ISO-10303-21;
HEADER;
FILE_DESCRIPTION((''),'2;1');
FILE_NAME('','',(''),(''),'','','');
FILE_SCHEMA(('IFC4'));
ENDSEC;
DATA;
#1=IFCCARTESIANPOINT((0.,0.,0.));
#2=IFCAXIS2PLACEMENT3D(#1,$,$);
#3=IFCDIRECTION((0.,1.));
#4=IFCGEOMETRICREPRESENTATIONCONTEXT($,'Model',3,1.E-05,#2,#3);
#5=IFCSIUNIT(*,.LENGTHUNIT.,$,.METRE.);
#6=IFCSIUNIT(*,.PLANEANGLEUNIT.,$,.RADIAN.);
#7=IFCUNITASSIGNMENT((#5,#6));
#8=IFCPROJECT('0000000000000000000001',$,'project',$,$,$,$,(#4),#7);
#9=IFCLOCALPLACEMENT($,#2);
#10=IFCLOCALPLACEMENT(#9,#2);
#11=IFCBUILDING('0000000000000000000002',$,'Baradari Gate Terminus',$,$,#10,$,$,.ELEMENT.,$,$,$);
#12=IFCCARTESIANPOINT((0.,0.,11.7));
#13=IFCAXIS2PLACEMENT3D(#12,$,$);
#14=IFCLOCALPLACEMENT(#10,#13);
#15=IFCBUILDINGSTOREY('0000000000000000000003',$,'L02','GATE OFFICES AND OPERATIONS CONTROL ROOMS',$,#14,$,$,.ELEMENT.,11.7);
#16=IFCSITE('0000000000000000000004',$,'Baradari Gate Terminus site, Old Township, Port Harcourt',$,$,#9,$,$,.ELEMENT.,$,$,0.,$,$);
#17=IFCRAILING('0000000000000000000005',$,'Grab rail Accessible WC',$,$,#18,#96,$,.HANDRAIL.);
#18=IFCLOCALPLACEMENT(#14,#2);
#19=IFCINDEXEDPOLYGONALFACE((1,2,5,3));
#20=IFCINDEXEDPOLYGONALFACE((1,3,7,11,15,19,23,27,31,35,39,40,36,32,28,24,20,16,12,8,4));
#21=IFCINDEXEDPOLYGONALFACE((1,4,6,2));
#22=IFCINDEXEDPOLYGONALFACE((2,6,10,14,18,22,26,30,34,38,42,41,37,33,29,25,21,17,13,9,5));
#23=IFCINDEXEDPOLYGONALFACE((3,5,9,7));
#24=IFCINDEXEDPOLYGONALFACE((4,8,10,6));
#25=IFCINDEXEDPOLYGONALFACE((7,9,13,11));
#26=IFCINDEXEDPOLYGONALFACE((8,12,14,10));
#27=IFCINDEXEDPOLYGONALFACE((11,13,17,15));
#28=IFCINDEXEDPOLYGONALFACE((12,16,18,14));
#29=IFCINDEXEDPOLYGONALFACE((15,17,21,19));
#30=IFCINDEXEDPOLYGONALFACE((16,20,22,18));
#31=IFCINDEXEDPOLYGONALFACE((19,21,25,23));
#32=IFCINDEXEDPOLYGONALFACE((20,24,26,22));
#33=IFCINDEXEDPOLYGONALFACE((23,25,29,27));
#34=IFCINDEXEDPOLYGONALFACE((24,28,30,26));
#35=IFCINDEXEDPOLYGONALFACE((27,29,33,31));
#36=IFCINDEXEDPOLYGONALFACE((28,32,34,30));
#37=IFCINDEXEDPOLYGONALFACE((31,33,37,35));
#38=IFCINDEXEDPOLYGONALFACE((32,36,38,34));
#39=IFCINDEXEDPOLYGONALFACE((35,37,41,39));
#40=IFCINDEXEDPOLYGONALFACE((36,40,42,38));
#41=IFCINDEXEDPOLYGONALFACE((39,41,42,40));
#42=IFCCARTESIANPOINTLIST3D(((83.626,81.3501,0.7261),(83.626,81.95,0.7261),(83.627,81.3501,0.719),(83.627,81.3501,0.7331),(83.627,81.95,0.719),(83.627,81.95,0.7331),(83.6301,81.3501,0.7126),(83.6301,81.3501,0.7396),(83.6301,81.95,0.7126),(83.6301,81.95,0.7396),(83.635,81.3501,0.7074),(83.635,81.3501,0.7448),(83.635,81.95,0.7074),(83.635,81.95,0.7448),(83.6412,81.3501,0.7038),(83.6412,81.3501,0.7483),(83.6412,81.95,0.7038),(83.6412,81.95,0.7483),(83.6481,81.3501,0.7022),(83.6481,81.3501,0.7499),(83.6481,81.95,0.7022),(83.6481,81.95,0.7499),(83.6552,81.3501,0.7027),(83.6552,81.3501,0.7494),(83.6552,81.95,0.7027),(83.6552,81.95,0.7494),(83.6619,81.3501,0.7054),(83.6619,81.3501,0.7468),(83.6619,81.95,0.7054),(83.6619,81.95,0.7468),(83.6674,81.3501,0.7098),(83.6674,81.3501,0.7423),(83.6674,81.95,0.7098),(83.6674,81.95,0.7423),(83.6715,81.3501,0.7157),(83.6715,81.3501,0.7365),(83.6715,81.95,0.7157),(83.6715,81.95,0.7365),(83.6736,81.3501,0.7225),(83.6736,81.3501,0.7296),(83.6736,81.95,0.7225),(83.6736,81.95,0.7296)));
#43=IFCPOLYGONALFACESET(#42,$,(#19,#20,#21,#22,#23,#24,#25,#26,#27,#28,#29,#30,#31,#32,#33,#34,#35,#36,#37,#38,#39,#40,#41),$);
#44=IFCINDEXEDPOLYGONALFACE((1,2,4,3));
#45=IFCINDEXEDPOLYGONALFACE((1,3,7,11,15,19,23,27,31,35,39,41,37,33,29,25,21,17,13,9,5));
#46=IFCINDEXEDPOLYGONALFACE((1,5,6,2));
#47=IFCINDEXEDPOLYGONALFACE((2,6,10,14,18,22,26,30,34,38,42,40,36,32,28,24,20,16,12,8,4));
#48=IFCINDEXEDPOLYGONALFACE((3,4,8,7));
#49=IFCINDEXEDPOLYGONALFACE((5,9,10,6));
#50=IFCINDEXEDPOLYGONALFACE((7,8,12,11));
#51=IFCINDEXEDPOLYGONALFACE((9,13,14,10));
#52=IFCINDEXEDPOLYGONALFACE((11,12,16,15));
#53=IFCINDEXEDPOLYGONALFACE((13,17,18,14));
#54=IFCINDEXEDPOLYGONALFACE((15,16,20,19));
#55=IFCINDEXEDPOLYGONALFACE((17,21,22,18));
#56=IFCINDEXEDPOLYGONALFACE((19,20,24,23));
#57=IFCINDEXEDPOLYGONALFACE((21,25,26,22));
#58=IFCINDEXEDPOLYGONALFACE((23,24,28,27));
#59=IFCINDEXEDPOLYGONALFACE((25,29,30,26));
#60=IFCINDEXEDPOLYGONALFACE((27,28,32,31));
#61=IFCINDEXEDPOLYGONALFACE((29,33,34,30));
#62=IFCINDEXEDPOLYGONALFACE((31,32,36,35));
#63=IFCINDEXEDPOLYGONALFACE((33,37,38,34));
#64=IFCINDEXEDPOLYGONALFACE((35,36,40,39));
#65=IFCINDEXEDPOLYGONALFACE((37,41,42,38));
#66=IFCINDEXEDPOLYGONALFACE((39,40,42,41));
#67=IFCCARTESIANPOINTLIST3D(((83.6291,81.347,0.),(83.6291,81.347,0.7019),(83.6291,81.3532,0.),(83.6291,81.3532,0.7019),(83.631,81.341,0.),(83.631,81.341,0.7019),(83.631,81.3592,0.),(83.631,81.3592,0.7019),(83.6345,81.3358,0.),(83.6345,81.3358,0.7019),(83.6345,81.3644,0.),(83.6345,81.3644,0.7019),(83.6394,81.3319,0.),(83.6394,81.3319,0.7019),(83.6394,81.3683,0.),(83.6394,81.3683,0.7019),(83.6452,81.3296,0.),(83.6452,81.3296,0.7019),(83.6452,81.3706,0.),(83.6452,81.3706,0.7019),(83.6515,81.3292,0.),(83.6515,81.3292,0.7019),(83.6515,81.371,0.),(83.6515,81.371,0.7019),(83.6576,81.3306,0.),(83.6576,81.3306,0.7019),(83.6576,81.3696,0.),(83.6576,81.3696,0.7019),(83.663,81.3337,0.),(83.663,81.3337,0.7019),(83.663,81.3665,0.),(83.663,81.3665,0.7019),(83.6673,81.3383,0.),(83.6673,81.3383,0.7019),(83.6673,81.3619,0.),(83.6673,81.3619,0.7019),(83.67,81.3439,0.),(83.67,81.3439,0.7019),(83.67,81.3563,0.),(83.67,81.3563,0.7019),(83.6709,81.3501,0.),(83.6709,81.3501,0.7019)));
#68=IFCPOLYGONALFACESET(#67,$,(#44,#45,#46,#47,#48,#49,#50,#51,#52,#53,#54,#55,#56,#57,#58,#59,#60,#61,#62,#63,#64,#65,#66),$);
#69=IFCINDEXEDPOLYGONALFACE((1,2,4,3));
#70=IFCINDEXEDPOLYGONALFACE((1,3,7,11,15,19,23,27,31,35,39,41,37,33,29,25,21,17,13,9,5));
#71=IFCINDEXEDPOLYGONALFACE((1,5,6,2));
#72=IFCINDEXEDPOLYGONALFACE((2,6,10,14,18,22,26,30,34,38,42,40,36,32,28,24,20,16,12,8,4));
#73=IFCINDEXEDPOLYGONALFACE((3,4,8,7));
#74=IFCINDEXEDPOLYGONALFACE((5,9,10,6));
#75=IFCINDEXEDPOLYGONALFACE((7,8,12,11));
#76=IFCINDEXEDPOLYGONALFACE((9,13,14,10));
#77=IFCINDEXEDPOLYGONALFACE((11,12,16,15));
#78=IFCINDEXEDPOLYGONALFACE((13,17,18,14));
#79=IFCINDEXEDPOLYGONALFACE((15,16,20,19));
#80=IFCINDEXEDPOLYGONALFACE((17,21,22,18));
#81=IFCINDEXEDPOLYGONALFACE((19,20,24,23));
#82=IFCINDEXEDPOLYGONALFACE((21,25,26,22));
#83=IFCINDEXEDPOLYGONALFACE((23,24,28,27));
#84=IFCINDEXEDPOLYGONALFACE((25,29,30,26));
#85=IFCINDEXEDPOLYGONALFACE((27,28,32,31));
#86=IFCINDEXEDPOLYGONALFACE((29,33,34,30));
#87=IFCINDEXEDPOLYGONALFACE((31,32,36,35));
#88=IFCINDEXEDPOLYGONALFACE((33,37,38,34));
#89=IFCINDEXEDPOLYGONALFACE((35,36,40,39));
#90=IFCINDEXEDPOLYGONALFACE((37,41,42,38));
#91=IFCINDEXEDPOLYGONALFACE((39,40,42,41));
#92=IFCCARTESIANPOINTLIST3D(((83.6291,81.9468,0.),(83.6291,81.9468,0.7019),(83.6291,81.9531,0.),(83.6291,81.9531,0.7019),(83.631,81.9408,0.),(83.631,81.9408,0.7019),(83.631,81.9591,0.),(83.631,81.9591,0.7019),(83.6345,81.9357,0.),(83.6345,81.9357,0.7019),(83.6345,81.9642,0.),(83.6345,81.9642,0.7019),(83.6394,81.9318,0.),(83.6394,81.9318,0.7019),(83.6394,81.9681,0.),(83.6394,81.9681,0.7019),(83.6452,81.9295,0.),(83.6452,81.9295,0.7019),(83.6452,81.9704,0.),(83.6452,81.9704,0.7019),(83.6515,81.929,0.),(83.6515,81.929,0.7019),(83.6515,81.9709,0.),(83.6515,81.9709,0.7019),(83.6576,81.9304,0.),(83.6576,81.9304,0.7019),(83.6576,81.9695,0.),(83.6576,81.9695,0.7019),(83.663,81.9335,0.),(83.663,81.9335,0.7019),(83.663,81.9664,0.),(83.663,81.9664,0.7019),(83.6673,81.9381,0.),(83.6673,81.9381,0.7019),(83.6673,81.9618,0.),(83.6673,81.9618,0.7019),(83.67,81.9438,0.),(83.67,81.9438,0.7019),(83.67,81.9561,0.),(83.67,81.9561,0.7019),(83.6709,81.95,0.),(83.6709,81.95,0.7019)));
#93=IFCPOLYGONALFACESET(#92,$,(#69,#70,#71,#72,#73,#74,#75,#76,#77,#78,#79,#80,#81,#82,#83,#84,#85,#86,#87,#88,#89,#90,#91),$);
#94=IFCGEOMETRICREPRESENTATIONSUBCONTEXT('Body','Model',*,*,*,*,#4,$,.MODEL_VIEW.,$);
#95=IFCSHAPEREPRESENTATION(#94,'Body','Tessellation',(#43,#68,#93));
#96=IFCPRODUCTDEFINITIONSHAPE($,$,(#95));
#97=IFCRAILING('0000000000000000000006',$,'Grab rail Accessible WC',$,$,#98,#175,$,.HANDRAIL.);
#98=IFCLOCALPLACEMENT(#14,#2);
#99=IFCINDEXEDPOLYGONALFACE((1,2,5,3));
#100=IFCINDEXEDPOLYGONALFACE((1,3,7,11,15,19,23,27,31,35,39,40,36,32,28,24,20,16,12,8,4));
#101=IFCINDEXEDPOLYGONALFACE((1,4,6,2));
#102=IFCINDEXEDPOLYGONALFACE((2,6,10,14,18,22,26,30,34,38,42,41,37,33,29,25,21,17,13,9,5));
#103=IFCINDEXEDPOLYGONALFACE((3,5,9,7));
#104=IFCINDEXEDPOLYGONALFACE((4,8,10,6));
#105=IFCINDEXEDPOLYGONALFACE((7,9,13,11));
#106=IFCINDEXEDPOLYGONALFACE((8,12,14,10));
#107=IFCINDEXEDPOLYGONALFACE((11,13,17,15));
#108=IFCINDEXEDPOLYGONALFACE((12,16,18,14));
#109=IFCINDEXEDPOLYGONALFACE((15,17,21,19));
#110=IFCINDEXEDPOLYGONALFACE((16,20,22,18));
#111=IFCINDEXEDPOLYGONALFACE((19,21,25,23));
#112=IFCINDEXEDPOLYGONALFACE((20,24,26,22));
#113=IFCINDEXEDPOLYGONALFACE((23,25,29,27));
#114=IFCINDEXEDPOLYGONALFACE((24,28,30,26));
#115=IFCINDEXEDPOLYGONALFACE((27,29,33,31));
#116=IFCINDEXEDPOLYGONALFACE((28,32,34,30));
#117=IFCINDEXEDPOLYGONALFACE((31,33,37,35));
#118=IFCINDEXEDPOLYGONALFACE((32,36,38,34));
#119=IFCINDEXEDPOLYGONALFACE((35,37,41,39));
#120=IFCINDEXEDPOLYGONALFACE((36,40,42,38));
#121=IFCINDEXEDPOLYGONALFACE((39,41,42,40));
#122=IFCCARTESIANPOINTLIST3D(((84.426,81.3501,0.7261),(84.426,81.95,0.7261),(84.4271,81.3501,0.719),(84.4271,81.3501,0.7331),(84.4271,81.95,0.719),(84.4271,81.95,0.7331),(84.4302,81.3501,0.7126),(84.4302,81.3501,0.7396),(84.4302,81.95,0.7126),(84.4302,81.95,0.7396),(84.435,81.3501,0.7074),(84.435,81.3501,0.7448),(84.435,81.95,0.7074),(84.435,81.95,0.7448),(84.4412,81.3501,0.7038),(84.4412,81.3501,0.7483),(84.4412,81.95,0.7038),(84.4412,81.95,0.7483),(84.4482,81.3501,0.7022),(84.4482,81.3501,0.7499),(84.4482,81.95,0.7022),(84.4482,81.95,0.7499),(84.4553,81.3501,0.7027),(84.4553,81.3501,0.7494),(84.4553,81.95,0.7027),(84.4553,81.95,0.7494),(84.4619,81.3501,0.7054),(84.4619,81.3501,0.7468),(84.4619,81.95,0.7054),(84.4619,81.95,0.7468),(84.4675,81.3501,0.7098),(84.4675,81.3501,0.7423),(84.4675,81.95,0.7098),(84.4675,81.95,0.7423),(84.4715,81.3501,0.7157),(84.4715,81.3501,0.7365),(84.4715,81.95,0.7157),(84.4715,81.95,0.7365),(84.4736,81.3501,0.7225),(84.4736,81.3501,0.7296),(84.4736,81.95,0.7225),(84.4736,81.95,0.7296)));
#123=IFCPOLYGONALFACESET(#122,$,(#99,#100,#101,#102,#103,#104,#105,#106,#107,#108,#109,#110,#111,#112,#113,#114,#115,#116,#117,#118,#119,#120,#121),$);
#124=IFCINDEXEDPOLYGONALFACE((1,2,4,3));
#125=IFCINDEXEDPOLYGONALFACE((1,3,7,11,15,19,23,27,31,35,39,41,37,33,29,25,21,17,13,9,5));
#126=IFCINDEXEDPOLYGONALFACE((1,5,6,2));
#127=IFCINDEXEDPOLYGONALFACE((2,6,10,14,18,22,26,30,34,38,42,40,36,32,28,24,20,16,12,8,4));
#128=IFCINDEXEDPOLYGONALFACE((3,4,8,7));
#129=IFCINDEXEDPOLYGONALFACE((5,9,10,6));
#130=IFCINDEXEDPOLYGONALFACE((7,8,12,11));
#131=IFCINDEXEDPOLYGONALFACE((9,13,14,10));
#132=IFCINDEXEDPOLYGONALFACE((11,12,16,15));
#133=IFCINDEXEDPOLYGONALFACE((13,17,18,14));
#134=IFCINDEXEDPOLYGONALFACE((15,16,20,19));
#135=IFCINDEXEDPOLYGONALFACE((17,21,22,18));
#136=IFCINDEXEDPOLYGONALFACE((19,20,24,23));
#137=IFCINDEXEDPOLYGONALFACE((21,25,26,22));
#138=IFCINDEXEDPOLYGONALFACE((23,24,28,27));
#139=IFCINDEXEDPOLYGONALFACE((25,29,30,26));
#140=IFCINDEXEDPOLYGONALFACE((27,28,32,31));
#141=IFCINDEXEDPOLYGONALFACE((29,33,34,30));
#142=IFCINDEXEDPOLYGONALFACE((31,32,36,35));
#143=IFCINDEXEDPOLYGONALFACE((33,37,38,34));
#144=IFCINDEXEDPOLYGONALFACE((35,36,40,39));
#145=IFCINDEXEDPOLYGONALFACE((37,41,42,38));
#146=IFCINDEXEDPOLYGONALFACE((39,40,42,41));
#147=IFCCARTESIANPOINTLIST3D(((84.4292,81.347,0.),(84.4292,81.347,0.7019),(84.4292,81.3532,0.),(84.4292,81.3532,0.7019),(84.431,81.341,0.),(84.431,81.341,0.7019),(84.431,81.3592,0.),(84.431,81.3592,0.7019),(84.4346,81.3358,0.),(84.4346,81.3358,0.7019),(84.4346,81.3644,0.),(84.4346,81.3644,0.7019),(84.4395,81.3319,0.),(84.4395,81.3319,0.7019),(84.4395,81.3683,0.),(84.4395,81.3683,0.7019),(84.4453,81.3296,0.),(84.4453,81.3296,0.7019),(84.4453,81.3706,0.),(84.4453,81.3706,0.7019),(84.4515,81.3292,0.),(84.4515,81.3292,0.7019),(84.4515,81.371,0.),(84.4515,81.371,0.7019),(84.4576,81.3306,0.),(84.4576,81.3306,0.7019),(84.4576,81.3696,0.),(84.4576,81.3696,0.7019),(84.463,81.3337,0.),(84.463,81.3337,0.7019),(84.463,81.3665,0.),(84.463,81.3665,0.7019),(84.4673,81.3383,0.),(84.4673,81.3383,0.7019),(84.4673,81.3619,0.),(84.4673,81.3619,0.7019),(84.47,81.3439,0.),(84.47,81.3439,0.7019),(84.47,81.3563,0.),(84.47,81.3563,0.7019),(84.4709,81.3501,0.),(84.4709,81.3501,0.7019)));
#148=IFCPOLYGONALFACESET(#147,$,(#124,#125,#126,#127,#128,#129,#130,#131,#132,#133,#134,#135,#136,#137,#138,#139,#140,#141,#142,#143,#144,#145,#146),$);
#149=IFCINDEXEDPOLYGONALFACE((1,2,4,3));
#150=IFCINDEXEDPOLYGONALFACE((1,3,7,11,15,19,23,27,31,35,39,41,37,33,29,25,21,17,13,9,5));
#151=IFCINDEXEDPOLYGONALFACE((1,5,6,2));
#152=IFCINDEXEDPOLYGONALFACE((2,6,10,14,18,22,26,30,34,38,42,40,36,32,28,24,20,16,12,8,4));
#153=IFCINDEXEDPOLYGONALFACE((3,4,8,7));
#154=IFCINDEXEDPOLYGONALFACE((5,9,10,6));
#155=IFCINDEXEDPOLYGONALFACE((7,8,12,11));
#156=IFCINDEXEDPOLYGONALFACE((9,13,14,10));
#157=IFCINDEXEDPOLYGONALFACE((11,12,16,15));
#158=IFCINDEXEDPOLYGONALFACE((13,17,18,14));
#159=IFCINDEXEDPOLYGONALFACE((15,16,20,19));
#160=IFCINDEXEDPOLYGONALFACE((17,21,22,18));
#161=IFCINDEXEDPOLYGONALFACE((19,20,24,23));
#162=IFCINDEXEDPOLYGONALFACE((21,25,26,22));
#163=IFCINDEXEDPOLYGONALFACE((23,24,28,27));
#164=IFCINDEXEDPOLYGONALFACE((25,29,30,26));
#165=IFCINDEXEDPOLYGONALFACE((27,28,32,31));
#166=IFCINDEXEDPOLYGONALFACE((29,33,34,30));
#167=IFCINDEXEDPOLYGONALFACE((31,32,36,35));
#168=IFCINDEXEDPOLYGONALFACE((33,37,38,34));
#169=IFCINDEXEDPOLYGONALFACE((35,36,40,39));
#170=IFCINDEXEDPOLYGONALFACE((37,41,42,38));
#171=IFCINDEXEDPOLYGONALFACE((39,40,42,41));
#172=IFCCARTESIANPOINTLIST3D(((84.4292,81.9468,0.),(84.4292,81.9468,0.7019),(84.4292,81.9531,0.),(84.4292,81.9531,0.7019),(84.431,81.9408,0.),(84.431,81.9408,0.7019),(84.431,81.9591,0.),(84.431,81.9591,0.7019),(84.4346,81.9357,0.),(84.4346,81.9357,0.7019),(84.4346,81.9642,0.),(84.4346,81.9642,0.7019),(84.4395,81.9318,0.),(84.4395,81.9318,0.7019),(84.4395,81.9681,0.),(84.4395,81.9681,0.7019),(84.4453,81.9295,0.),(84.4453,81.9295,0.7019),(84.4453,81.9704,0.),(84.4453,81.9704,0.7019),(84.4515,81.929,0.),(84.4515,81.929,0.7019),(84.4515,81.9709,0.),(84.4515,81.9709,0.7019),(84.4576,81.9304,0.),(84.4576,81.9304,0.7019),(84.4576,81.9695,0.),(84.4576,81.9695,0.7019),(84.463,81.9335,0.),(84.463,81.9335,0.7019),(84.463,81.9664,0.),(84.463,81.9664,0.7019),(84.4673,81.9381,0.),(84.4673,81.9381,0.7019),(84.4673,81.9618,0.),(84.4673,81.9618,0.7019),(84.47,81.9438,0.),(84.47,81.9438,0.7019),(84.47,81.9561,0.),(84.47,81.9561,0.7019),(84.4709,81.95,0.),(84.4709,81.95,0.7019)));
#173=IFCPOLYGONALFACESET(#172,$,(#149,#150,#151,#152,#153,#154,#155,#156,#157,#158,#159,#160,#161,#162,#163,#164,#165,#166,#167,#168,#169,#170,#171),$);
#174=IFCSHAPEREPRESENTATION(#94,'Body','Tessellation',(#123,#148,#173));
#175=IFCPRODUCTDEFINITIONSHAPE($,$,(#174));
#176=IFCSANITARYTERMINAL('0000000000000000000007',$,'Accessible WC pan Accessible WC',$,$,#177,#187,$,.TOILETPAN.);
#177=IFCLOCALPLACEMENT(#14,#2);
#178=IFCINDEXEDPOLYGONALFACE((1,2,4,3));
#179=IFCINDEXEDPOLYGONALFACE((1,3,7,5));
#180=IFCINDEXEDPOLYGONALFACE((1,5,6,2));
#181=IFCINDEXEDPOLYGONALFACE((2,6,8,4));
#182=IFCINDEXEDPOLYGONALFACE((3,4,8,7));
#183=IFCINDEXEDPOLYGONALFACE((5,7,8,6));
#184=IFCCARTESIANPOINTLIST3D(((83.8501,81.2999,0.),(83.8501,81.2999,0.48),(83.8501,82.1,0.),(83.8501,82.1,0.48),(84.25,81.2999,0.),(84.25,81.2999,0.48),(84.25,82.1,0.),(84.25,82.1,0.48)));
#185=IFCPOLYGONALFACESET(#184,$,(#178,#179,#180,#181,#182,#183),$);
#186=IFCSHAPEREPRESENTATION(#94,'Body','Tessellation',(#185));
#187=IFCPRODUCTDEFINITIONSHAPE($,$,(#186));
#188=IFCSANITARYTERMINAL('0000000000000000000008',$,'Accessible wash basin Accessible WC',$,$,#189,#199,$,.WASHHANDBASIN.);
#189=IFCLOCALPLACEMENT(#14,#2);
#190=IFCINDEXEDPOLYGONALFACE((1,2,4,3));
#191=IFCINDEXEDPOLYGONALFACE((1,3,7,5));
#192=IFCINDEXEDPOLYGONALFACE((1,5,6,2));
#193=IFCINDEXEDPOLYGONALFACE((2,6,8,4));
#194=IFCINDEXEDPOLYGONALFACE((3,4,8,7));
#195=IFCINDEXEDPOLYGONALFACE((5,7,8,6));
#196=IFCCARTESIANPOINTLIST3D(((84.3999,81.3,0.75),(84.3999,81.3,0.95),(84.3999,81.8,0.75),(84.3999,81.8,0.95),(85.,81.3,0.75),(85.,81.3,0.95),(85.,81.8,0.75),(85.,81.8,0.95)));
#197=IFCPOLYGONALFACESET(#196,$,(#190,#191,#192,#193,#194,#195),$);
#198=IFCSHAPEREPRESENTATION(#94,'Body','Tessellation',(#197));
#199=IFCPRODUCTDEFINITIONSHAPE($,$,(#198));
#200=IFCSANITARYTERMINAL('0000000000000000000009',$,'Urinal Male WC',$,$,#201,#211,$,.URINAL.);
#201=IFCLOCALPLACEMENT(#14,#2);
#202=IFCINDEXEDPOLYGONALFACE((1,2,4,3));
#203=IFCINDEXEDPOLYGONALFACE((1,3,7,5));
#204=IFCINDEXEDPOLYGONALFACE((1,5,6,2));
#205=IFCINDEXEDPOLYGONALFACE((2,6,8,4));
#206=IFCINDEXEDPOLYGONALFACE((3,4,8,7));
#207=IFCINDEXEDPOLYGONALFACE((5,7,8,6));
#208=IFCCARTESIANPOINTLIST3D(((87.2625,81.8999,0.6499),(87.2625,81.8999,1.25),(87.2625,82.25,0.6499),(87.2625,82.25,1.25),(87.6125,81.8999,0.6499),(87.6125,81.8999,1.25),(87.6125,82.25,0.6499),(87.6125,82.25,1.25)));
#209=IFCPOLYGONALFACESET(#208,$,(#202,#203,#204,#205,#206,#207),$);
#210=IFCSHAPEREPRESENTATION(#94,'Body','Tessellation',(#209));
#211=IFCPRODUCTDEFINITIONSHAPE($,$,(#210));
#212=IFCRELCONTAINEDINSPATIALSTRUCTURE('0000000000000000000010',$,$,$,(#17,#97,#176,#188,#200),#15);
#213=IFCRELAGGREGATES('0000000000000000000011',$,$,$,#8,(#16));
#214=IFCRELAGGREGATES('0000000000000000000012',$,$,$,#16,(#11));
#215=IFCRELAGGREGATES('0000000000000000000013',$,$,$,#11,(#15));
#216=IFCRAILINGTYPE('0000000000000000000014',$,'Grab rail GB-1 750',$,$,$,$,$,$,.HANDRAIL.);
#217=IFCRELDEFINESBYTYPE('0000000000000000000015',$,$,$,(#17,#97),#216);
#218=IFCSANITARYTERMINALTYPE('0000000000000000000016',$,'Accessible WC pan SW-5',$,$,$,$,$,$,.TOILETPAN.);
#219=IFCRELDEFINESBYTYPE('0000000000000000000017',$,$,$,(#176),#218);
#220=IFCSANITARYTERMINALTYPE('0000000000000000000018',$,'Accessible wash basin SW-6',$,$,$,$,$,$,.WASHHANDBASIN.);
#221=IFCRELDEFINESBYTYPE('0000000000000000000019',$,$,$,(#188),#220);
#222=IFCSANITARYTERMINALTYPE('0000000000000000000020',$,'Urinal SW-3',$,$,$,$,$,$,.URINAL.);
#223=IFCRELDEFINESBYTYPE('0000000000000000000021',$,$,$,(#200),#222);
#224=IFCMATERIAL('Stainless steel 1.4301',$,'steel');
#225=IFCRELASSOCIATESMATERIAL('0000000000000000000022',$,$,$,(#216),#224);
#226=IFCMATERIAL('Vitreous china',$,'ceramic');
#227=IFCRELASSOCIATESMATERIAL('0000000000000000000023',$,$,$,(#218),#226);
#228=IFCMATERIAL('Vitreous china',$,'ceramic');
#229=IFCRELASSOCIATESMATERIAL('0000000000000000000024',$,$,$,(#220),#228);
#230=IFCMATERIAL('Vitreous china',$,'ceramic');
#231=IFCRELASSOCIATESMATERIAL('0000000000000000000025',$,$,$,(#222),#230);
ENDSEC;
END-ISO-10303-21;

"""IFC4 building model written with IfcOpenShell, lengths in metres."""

from ifc_helpers import new_model, si_unit, direction, frame, origin, origin_2d, place, context, subcontext, project, spatial, rectangle, circle, extrude, material, type_object, element, save


model = new_model("IFC4")

# Units and contexts
model_context = context("Model", 3, precision=1e-05, world=origin(), true_north=direction((0.0, 1.0)))
body_context = subcontext(model_context, "Body", "Model", "MODEL_VIEW")
ifc_project = project(units=[si_unit("LENGTHUNIT", "METRE"), si_unit("PLANEANGLEUNIT", "RADIAN")], contexts=[model_context])

# Site, building, storey
site_placement = place(None, origin())
site = spatial("IfcSite", under=ifc_project, at=site_placement, Name="Baradari Gate Terminus site, Old Township, Port Harcourt", CompositionType="ELEMENT", RefElevation=0.0)
building_placement = place(site_placement, origin())
building = spatial("IfcBuilding", under=site, at=building_placement, Name="Baradari Gate Terminus", CompositionType="ELEMENT")
storey_placement = place(building_placement, frame((0.0, 0.0, 11.7)))
storey = spatial("IfcBuildingStorey", under=building, at=storey_placement, Name="L02", Description="GATE OFFICES AND OPERATIONS CONTROL ROOMS", CompositionType="ELEMENT", Elevation=11.7)

# Railings
ifc_material_1 = material(Name="Stainless steel 1.4301", Category="steel")
railing_type = type_object("IfcRailingType", Name="Grab rail GB-1 750", PredefinedType="HANDRAIL", material=ifc_material_1)
for number, where, name in (
    (1, (83.6499, 81.3501, 0.0), "Grab rail Accessible WC"),
    (2, (84.45, 81.3501, 0.0), "Grab rail Accessible WC"),
):
    element("IfcRailing", number, at=place(storey_placement, frame(where)), inside=storey, type_object=railing_type, Name=name, PredefinedType="HANDRAIL", context=body_context, shape_type="SweptSolid", body=[
        extrude(circle(Radius=0.0239, at=origin_2d()), frame((0.0, 0.0, 0.7261), z_axis=(0.0, 1.0, 0.0), x_axis=(-1.0, 0.0, 0.0)), (0.0, 0.0, 1.0), 0.5999),
        extrude(circle(Radius=0.021, at=origin_2d()), origin(), (0.0, 0.0, 1.0), 0.7019),
        extrude(circle(Radius=0.021, at=origin_2d()), frame((0.0, 0.5999, 0.0)), (0.0, 0.0, 1.0), 0.7019),
    ])

# Sanitary terminals
ifc_material_2 = material(Name="Vitreous china", Category="ceramic")
sanitary_terminal_type_1 = type_object("IfcSanitaryTerminalType", Name="Accessible WC pan SW-5", PredefinedType="TOILETPAN", material=ifc_material_2)
sanitary_terminal_1_placement = place(storey_placement, frame((84.05, 81.7, 0.0), z_axis=(0.0, 0.0, 1.0), x_axis=(1.0, 0.0, 0.0)))
element("IfcSanitaryTerminal", 3, at=sanitary_terminal_1_placement, inside=storey, type_object=sanitary_terminal_type_1, Name="Accessible WC pan Accessible WC", PredefinedType="TOILETPAN", context=body_context, shape_type="SweptSolid", body=[
    extrude(rectangle(XDim=0.3999, YDim=0.8, at=origin_2d()), origin(), (0.0, 0.0, 1.0), 0.48),
])
ifc_material_3 = material(Name="Vitreous china", Category="ceramic")
sanitary_terminal_type_2 = type_object("IfcSanitaryTerminalType", Name="Accessible wash basin SW-6", PredefinedType="WASHHANDBASIN", material=ifc_material_3)
sanitary_terminal_2_placement = place(storey_placement, frame((84.7, 81.55, 0.75), z_axis=(0.0, 0.0, 1.0), x_axis=(1.0, 0.0, 0.0)))
element("IfcSanitaryTerminal", 4, at=sanitary_terminal_2_placement, inside=storey, type_object=sanitary_terminal_type_2, Name="Accessible wash basin Accessible WC", PredefinedType="WASHHANDBASIN", context=body_context, shape_type="SweptSolid", body=[
    extrude(rectangle(XDim=0.6001, YDim=0.5, at=origin_2d()), origin(), (0.0, 0.0, 1.0), 0.2),
])
ifc_material_4 = material(Name="Vitreous china", Category="ceramic")
sanitary_terminal_type_3 = type_object("IfcSanitaryTerminalType", Name="Urinal SW-3", PredefinedType="URINAL", material=ifc_material_4)
sanitary_terminal_3_placement = place(storey_placement, frame((87.4375, 82.075, 0.6499), z_axis=(0.0, 0.0, 1.0), x_axis=(1.0, 0.0, 0.0)))
element("IfcSanitaryTerminal", 5, at=sanitary_terminal_3_placement, inside=storey, type_object=sanitary_terminal_type_3, Name="Urinal Male WC", PredefinedType="URINAL", context=body_context, shape_type="SweptSolid", body=[
    extrude(rectangle(XDim=0.3501, YDim=0.3501, at=origin_2d()), origin(), (0.0, 0.0, 1.0), 0.6001),
])

save(model, "model.ifc")
